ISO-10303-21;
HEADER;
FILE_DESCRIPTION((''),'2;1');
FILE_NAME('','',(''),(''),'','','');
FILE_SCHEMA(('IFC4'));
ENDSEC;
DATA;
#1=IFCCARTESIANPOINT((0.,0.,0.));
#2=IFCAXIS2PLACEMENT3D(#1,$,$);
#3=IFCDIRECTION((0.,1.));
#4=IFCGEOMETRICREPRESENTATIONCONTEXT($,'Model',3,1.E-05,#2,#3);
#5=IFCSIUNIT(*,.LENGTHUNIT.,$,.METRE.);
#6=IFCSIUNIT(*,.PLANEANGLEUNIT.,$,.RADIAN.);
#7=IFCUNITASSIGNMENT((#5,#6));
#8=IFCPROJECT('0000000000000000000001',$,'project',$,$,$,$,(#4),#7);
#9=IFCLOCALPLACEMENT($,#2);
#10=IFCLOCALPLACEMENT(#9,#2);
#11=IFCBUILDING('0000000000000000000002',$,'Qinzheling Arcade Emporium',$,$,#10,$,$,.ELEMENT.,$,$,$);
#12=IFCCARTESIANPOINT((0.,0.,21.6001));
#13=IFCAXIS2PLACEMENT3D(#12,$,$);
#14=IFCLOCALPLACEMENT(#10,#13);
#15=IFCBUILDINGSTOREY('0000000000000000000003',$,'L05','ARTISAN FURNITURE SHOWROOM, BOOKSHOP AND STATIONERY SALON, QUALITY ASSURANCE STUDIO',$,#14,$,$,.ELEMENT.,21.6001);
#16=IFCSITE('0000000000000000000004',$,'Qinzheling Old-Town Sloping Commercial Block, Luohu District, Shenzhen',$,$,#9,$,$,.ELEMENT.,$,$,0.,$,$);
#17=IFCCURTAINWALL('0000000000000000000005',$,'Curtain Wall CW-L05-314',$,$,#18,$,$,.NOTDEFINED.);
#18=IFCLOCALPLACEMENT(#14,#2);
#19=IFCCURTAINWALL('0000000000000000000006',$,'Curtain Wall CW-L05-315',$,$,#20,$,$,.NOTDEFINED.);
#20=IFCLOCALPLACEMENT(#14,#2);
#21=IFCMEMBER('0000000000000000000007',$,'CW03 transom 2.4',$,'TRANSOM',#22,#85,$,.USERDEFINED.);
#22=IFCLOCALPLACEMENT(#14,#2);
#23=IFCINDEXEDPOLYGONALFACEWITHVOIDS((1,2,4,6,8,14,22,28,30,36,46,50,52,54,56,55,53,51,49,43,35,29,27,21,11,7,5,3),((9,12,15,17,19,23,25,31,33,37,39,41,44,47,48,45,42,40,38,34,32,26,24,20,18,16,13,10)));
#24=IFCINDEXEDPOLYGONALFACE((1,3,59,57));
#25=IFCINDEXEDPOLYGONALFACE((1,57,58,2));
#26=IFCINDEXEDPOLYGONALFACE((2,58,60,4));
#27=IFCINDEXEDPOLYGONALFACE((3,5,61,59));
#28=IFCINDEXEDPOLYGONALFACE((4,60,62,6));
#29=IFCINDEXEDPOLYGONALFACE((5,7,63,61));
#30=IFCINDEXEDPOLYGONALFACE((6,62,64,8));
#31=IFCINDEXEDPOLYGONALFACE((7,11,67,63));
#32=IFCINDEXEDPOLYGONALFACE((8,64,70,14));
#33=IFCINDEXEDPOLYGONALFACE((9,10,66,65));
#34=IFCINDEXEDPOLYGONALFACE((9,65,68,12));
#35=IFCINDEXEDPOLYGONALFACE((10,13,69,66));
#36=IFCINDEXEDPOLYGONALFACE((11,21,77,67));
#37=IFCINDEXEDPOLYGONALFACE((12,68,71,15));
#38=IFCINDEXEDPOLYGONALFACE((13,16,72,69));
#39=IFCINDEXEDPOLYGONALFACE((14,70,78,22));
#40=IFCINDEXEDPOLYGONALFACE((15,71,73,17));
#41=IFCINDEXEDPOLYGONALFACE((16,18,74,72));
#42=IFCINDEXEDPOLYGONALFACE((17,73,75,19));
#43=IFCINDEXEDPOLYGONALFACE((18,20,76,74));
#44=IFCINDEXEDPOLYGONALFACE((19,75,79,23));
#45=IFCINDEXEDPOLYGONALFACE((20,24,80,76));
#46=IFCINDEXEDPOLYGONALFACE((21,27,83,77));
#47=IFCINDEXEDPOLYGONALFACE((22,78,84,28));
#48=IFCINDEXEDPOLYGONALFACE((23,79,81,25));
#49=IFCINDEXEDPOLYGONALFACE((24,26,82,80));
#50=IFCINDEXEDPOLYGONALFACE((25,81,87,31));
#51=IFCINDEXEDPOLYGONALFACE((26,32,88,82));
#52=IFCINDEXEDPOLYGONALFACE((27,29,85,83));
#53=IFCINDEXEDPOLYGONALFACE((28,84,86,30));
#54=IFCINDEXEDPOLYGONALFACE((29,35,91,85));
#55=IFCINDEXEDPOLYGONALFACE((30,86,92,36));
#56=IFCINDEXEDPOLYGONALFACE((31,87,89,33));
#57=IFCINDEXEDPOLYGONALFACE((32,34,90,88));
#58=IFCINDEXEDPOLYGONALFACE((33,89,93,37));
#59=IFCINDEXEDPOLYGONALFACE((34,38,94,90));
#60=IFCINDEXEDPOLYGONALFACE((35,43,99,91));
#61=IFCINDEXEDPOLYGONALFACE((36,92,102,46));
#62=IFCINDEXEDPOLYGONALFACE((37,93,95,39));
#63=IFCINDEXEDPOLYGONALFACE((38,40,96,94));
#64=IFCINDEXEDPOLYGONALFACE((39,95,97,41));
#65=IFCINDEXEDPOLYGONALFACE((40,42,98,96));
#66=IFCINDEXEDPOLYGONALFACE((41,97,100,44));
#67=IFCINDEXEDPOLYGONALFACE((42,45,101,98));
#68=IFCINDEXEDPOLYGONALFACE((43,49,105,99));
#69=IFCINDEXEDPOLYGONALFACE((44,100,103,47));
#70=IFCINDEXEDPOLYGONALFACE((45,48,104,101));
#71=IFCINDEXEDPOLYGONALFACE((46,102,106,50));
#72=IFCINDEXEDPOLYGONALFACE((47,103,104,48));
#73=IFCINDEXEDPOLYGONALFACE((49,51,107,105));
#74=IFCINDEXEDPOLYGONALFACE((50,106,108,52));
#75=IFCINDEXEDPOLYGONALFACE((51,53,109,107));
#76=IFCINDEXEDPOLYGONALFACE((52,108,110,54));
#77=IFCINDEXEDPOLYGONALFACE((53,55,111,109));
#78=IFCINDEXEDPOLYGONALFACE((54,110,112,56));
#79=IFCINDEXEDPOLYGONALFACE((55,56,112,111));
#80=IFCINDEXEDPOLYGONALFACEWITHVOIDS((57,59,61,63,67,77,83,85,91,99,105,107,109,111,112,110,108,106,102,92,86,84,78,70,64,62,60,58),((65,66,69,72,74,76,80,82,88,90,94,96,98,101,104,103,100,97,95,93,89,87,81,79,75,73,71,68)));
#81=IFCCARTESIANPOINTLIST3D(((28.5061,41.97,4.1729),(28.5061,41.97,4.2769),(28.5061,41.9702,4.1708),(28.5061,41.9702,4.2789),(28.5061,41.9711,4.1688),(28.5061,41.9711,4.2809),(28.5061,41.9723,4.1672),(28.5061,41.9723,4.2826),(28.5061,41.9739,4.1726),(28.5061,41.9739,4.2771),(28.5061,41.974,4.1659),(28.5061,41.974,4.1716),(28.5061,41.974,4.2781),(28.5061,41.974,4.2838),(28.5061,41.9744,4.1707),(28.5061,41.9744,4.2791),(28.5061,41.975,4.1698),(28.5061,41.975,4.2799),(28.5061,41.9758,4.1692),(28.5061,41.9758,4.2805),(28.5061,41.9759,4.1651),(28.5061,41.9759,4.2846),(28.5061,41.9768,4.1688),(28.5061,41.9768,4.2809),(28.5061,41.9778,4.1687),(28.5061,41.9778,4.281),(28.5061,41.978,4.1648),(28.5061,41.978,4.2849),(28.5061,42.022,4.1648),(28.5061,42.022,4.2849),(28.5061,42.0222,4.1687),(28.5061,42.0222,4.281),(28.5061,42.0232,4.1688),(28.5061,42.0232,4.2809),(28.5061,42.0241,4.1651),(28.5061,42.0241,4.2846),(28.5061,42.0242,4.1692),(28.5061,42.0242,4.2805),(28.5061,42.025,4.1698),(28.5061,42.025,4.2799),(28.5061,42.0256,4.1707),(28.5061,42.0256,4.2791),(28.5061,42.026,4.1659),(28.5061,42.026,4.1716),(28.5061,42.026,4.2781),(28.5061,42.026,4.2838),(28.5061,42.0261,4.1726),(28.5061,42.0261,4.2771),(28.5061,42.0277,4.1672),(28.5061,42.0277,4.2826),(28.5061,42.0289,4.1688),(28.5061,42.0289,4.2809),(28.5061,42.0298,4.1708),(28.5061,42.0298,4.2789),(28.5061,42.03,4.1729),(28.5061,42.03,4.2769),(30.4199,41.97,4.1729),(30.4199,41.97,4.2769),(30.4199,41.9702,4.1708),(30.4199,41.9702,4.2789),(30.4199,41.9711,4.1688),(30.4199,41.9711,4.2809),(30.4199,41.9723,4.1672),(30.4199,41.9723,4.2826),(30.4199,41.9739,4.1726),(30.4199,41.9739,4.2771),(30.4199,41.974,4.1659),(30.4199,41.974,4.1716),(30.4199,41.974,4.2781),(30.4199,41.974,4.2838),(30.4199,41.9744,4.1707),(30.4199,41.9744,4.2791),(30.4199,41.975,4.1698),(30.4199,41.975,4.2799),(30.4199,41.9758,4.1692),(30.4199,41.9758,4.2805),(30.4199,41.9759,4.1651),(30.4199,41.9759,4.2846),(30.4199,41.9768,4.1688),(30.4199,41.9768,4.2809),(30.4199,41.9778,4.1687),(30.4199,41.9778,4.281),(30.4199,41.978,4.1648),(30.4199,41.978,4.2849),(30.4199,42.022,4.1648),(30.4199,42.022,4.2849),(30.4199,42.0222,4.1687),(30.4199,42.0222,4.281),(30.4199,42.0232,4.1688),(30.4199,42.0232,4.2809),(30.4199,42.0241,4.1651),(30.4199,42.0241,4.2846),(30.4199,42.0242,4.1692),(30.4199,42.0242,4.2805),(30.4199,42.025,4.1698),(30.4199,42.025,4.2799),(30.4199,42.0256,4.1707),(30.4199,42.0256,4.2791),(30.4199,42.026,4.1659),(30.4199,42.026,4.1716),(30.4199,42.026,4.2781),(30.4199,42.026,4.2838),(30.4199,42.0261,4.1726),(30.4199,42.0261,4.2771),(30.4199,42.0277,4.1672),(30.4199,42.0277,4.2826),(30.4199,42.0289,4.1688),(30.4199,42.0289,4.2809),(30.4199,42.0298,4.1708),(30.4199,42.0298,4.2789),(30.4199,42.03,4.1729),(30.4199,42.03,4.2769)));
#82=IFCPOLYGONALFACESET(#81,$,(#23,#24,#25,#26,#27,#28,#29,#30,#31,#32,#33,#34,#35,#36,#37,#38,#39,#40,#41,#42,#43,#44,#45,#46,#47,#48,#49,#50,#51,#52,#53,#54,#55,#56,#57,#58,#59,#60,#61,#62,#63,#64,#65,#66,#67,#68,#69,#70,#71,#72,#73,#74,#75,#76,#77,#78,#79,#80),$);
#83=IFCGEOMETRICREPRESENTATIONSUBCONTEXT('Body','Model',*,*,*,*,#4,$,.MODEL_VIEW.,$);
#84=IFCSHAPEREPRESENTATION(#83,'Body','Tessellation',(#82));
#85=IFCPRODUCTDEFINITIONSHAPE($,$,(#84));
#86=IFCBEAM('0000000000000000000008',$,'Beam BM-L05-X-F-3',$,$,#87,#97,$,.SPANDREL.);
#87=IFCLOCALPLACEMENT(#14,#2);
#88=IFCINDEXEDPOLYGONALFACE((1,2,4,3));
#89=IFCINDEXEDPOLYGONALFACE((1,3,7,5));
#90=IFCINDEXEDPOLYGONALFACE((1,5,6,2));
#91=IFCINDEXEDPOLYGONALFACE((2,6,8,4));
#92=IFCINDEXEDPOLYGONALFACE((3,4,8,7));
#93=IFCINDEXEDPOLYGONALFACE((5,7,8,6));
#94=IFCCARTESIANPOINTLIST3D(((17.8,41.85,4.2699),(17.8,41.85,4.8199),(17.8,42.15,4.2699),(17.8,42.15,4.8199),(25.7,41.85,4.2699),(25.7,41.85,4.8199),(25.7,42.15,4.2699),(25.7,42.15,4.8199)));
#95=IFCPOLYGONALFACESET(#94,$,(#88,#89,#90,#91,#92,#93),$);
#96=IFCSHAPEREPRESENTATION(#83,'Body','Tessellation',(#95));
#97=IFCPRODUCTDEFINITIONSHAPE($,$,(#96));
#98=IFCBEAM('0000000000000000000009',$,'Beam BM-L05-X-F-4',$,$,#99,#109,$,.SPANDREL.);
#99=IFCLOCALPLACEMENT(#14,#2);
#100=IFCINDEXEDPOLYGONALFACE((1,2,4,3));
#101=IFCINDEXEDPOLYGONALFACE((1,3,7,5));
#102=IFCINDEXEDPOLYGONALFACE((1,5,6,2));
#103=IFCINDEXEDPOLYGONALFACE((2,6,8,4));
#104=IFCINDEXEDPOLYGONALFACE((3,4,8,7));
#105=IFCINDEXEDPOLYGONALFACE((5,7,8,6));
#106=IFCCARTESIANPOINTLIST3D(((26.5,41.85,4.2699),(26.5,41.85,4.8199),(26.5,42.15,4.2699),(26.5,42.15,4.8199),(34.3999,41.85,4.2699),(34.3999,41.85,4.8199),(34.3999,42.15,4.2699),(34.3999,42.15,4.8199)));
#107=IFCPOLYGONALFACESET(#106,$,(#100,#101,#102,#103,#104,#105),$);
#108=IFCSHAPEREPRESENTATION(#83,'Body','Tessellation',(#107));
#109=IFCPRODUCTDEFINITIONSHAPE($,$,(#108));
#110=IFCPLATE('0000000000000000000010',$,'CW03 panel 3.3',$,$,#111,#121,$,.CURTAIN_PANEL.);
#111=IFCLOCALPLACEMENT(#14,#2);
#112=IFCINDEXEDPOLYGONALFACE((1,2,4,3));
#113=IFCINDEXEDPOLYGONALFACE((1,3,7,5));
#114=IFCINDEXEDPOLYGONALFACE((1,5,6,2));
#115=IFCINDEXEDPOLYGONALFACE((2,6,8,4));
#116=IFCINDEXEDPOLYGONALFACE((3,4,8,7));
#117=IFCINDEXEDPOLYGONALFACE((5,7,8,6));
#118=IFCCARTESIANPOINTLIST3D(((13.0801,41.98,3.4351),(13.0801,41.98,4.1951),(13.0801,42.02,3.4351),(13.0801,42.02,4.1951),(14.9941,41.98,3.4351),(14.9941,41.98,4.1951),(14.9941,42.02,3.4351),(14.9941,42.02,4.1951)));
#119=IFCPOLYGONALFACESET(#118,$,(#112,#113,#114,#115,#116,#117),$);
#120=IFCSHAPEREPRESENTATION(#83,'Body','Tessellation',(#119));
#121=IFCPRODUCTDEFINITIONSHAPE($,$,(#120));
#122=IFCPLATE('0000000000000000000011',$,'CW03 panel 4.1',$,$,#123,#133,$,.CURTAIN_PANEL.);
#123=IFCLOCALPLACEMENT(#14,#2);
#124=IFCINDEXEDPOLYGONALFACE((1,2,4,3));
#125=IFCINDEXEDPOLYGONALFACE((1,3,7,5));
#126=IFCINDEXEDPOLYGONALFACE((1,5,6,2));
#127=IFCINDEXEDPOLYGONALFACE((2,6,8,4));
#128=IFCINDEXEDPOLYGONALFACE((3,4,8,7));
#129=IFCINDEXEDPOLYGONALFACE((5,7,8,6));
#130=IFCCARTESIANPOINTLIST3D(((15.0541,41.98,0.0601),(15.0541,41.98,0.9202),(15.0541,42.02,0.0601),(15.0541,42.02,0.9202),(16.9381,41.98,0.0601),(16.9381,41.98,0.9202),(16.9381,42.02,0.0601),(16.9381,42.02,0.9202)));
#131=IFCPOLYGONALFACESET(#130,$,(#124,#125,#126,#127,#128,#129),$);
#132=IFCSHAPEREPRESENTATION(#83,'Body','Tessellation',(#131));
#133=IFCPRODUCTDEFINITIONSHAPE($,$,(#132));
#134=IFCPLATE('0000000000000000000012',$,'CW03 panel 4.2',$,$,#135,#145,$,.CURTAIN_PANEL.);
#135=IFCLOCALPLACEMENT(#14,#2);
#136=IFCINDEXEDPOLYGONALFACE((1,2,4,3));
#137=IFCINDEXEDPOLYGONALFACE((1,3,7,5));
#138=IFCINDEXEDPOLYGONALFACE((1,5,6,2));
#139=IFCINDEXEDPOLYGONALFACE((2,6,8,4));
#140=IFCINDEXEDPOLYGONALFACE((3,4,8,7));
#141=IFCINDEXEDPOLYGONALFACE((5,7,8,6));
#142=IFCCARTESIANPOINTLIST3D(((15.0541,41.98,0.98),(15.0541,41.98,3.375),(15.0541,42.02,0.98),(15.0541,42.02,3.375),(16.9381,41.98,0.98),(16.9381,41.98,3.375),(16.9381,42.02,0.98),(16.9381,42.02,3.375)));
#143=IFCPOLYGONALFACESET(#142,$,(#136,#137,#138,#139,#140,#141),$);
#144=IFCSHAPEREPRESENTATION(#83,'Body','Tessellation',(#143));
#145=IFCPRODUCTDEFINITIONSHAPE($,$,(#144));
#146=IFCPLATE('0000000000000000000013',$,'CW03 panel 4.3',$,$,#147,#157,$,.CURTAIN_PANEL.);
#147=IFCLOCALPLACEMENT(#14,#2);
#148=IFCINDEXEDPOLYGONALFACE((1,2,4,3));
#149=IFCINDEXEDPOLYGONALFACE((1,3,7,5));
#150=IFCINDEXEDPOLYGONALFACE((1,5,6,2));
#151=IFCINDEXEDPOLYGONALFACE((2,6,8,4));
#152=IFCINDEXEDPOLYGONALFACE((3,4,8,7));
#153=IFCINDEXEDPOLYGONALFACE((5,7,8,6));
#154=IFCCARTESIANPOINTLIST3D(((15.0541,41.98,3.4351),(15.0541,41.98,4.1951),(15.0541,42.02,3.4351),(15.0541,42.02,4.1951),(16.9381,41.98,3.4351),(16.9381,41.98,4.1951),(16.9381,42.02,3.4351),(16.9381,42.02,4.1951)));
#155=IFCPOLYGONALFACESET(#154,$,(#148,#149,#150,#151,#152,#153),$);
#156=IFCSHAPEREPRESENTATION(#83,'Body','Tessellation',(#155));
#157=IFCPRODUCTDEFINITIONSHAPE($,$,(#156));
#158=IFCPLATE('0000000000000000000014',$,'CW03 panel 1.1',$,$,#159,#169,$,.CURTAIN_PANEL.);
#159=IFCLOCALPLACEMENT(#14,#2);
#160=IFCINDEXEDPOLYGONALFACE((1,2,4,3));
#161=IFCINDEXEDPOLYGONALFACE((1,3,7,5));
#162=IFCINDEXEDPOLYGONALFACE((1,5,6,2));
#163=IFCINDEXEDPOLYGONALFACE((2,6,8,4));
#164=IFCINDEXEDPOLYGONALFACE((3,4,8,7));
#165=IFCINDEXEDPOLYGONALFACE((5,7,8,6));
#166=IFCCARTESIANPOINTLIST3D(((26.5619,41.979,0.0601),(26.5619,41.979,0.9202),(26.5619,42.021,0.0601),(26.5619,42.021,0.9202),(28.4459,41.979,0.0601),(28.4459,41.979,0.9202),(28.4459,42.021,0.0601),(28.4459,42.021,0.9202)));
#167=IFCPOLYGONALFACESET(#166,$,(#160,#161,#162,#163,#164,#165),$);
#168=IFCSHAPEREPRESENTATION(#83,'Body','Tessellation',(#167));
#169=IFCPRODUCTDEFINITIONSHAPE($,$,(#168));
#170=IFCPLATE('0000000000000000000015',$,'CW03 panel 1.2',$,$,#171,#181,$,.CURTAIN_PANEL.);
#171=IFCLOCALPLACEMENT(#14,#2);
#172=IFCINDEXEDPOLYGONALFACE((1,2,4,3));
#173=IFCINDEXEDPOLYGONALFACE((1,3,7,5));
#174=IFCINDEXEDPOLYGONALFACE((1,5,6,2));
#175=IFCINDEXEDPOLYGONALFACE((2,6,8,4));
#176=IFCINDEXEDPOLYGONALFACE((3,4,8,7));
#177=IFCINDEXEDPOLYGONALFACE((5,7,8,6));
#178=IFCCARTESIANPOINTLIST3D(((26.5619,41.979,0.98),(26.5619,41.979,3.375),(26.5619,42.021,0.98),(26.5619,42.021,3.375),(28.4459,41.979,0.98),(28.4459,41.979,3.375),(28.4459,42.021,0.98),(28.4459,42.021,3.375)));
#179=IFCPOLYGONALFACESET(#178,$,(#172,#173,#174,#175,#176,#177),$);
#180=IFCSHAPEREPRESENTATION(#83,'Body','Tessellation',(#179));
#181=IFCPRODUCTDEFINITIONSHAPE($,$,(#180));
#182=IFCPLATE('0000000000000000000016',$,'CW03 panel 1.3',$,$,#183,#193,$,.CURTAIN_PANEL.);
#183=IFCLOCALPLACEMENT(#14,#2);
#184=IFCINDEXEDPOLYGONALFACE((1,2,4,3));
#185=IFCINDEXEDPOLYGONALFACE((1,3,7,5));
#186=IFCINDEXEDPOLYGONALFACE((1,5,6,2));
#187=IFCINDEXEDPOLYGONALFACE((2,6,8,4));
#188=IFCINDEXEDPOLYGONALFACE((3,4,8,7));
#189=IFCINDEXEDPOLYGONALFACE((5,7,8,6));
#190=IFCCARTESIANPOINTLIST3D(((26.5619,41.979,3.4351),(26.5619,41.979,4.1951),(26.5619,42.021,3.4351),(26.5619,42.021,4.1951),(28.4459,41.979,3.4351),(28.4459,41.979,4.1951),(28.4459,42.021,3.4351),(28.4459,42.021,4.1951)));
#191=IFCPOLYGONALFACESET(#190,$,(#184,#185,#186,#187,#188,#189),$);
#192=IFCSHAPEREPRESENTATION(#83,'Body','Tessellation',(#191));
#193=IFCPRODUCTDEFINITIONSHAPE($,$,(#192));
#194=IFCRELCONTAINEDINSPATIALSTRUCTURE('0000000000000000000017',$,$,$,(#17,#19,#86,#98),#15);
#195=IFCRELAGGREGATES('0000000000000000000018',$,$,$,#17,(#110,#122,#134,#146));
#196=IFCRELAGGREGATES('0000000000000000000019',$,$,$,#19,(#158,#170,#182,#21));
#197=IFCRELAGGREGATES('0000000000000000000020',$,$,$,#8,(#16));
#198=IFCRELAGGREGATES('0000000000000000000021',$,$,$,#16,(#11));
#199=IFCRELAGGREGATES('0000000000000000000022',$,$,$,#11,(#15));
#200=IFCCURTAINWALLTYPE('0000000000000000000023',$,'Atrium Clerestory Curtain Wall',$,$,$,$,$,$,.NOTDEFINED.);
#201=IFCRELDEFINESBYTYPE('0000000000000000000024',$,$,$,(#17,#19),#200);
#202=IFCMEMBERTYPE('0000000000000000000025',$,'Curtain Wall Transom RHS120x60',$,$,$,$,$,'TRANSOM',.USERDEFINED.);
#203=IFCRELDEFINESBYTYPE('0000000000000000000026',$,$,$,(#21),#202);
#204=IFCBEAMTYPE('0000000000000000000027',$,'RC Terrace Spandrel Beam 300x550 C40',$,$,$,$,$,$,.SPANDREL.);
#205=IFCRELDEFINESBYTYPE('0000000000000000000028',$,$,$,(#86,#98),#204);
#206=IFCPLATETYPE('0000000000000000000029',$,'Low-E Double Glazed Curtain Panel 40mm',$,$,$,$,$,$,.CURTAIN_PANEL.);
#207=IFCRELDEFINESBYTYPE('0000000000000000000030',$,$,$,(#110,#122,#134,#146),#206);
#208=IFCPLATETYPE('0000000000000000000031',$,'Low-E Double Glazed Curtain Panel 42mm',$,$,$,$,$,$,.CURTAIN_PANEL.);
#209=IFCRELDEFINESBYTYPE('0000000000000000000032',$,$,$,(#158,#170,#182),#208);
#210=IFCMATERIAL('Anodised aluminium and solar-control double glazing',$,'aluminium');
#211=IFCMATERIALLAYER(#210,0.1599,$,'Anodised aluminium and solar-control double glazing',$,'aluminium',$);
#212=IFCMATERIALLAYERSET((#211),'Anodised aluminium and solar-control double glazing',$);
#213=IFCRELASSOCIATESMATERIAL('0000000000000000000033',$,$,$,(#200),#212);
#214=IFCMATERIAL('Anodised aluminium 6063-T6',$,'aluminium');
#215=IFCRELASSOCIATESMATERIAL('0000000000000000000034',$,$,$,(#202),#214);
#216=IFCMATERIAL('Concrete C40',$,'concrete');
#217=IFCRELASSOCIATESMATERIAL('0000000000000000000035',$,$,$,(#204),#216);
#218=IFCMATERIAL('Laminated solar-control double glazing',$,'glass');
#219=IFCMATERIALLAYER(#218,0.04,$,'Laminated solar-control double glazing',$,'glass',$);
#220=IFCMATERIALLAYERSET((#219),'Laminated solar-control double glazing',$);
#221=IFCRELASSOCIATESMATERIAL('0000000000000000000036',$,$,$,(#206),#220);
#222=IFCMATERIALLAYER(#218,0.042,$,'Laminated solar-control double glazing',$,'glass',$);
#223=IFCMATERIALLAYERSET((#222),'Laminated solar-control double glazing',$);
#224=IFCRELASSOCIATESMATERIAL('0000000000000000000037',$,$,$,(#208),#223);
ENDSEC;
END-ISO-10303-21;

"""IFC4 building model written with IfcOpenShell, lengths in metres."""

from ifc_helpers import new_model, si_unit, direction, frame, origin, origin_2d, place, context, subcontext, project, spatial, rectangle, hollow_rectangle, extrude, material, layer, layer_set, material_profile, profile_set, type_object, element, aggregate, save


model = new_model("IFC4")

# Units and contexts
model_context = context("Model", 3, precision=1e-05, world=origin(), true_north=direction((0.0, 1.0)))
body_context = subcontext(model_context, "Body", "Model", "MODEL_VIEW")
ifc_project = project(units=[si_unit("LENGTHUNIT", "METRE"), si_unit("PLANEANGLEUNIT", "RADIAN")], contexts=[model_context])

# Site, building, storey
site_placement = place(None, origin())
site = spatial("IfcSite", under=ifc_project, at=site_placement, Name="Qinzheling Old-Town Sloping Commercial Block, Luohu District, Shenzhen", CompositionType="ELEMENT", RefElevation=0.0)
building_placement = place(site_placement, origin())
building = spatial("IfcBuilding", under=site, at=building_placement, Name="Qinzheling Arcade Emporium", CompositionType="ELEMENT")
storey_placement = place(building_placement, frame((0.0, 0.0, 21.6001)))
storey = spatial("IfcBuildingStorey", under=building, at=storey_placement, Name="L05", Description="ARTISAN FURNITURE SHOWROOM, BOOKSHOP AND STATIONERY SALON, QUALITY ASSURANCE STUDIO", CompositionType="ELEMENT", Elevation=21.6001)

# Shared definitions
ifc_material_1 = material(Name="Concrete C40", Category="concrete")

# Curtain walls
ifc_material_2 = material(Name="Anodised aluminium and solar-control double glazing", Category="aluminium")
ifc_layer_1 = layer(ifc_material_2, 0.1599, Name="Anodised aluminium and solar-control double glazing", Category="aluminium")
ifc_layer_set_1 = layer_set([ifc_layer_1], Name="Anodised aluminium and solar-control double glazing")
curtain_wall_type = type_object("IfcCurtainWallType", Name="Atrium Clerestory Curtain Wall", PredefinedType="NOTDEFINED", material=ifc_layer_set_1)
curtain_wall_1_placement = place(storey_placement, origin())
curtain_wall_1 = element("IfcCurtainWall", 1, at=curtain_wall_1_placement, inside=storey, type_object=curtain_wall_type, Name="Curtain Wall CW-L05-314", PredefinedType="NOTDEFINED")
ifc_material_3 = material(Name="Anodised aluminium 6063-T6", Category="aluminium")
curtain_wall_2_placement = place(storey_placement, origin())
curtain_wall_2 = element("IfcCurtainWall", 2, at=curtain_wall_2_placement, inside=storey, type_object=curtain_wall_type, Name="Curtain Wall CW-L05-315", PredefinedType="NOTDEFINED")

# Member
ifc_material_profile_1 = material_profile(ifc_material_3, hollow_rectangle(XDim=0.0601, YDim=0.1201, WallThickness=0.0039, InnerFilletRadius=0.0039, OuterFilletRadius=0.0081, at=origin_2d()), Name="RHS 120x60x4", Category="aluminium")
ifc_profile_set_1 = profile_set([ifc_material_profile_1], Name="Anodised aluminium 6063-T6")
member_type_1 = type_object("IfcMemberType", Name="Curtain Wall Transom RHS120x60", ElementType="TRANSOM", PredefinedType="USERDEFINED", material=ifc_profile_set_1)
member_1_placement = place(storey_placement, frame((28.5061, 42.0, 4.2249), z_axis=(1.0, 0.0, 0.0), x_axis=(0.0, 1.0, 0.0)))
member_1 = element("IfcMember", 3, at=member_1_placement, type_object=member_type_1, Name="CW03 transom 2.4", ObjectType="TRANSOM", PredefinedType="USERDEFINED", context=body_context, shape_type="SweptSolid", body=[
    extrude(hollow_rectangle(XDim=0.0601, YDim=0.1201, WallThickness=0.0039, InnerFilletRadius=0.0039, OuterFilletRadius=0.0081, at=origin_2d()), origin(), (0.0, 0.0, 1.0), 1.9138),
])

# Beams
ifc_material_profile_2 = material_profile(ifc_material_1, rectangle(XDim=0.3, YDim=0.55, at=origin_2d()), Name="RC 300x550", Category="concrete")
ifc_profile_set_2 = profile_set([ifc_material_profile_2], Name="Concrete C40")
beam_type = type_object("IfcBeamType", Name="RC Terrace Spandrel Beam 300x550 C40", PredefinedType="SPANDREL", material=ifc_profile_set_2)
for number, where, z_axis, x_axis, name in (
    (4, (17.8, 42.0, 4.5449), (1.0, 0.0, 0.0), (0.0, 1.0, 0.0), "Beam BM-L05-X-F-3"),
    (5, (26.5, 42.0, 4.5449), (1.0, 0.0, 0.0), (0.0, 1.0, 0.0), "Beam BM-L05-X-F-4"),
):
    element("IfcBeam", number, at=place(storey_placement, frame(where, z_axis=z_axis, x_axis=x_axis)), inside=storey, type_object=beam_type, Name=name, PredefinedType="SPANDREL", context=body_context, shape_type="SweptSolid", body=[
        extrude(rectangle(XDim=0.3, YDim=0.55, at=origin_2d()), origin(), (0.0, 0.0, 1.0), 7.8999),
    ])

# Plates
ifc_material_4 = material(Name="Laminated solar-control double glazing", Category="glass")
ifc_layer_2 = layer(ifc_material_4, 0.04, Name="Laminated solar-control double glazing", Category="glass")
ifc_layer_set_2 = layer_set([ifc_layer_2], Name="Laminated solar-control double glazing")
plate_type_1 = type_object("IfcPlateType", Name="Low-E Double Glazed Curtain Panel 40mm", PredefinedType="CURTAIN_PANEL", material=ifc_layer_set_2)
plate_1_placement = place(storey_placement, frame((14.0371, 42.0, 3.4351), z_axis=(0.0, 0.0, 1.0), x_axis=(1.0, 0.0, 0.0)))
plate_1 = element("IfcPlate", 6, at=plate_1_placement, type_object=plate_type_1, Name="CW03 panel 3.3", PredefinedType="CURTAIN_PANEL", context=body_context, shape_type="SweptSolid", body=[
    extrude(rectangle(XDim=1.9141, YDim=0.04, at=origin_2d()), origin(), (0.0, 0.0, 1.0), 0.76),
])
plate_2_placement = place(storey_placement, frame((15.9961, 42.0, 0.0601), z_axis=(0.0, 0.0, 1.0), x_axis=(1.0, 0.0, 0.0)))
plate_2 = element("IfcPlate", 7, at=plate_2_placement, type_object=plate_type_1, Name="CW03 panel 4.1", PredefinedType="CURTAIN_PANEL", context=body_context, shape_type="SweptSolid", body=[
    extrude(rectangle(XDim=1.884, YDim=0.04, at=origin_2d()), origin(), (0.0, 0.0, 1.0), 0.8601),
])
plate_3_placement = place(storey_placement, frame((15.9961, 42.0, 0.98), z_axis=(0.0, 0.0, 1.0), x_axis=(1.0, 0.0, 0.0)))
plate_3 = element("IfcPlate", 8, at=plate_3_placement, type_object=plate_type_1, Name="CW03 panel 4.2", PredefinedType="CURTAIN_PANEL", context=body_context, shape_type="SweptSolid", body=[
    extrude(rectangle(XDim=1.884, YDim=0.04, at=origin_2d()), origin(), (0.0, 0.0, 1.0), 2.395),
])
plate_4_placement = place(storey_placement, frame((15.9961, 42.0, 3.4351), z_axis=(0.0, 0.0, 1.0), x_axis=(1.0, 0.0, 0.0)))
plate_4 = element("IfcPlate", 9, at=plate_4_placement, type_object=plate_type_1, Name="CW03 panel 4.3", PredefinedType="CURTAIN_PANEL", context=body_context, shape_type="SweptSolid", body=[
    extrude(rectangle(XDim=1.884, YDim=0.04, at=origin_2d()), origin(), (0.0, 0.0, 1.0), 0.76),
])
aggregate(curtain_wall_1, [plate_1, plate_2, plate_3, plate_4])
ifc_layer_3 = layer(ifc_material_4, 0.042, Name="Laminated solar-control double glazing", Category="glass")
ifc_layer_set_3 = layer_set([ifc_layer_3], Name="Laminated solar-control double glazing")
plate_type_2 = type_object("IfcPlateType", Name="Low-E Double Glazed Curtain Panel 42mm", PredefinedType="CURTAIN_PANEL", material=ifc_layer_set_3)
plate_5_placement = place(storey_placement, frame((27.5039, 42.0, 0.0601), z_axis=(0.0, 0.0, 1.0), x_axis=(1.0, 0.0, 0.0)))
plate_5 = element("IfcPlate", 10, at=plate_5_placement, type_object=plate_type_2, Name="CW03 panel 1.1", PredefinedType="CURTAIN_PANEL", context=body_context, shape_type="SweptSolid", body=[
    extrude(rectangle(XDim=1.884, YDim=0.042, at=origin_2d()), origin(), (0.0, 0.0, 1.0), 0.8601),
])
plate_6_placement = place(storey_placement, frame((27.5039, 42.0, 0.98), z_axis=(0.0, 0.0, 1.0), x_axis=(1.0, 0.0, 0.0)))
plate_6 = element("IfcPlate", 11, at=plate_6_placement, type_object=plate_type_2, Name="CW03 panel 1.2", PredefinedType="CURTAIN_PANEL", context=body_context, shape_type="SweptSolid", body=[
    extrude(rectangle(XDim=1.884, YDim=0.042, at=origin_2d()), origin(), (0.0, 0.0, 1.0), 2.395),
])
plate_7_placement = place(storey_placement, frame((27.5039, 42.0, 3.4351), z_axis=(0.0, 0.0, 1.0), x_axis=(1.0, 0.0, 0.0)))
plate_7 = element("IfcPlate", 12, at=plate_7_placement, type_object=plate_type_2, Name="CW03 panel 1.3", PredefinedType="CURTAIN_PANEL", context=body_context, shape_type="SweptSolid", body=[
    extrude(rectangle(XDim=1.884, YDim=0.042, at=origin_2d()), origin(), (0.0, 0.0, 1.0), 0.76),
])
aggregate(curtain_wall_2, [plate_5, plate_6, plate_7, member_1])

save(model, "model.ifc")
